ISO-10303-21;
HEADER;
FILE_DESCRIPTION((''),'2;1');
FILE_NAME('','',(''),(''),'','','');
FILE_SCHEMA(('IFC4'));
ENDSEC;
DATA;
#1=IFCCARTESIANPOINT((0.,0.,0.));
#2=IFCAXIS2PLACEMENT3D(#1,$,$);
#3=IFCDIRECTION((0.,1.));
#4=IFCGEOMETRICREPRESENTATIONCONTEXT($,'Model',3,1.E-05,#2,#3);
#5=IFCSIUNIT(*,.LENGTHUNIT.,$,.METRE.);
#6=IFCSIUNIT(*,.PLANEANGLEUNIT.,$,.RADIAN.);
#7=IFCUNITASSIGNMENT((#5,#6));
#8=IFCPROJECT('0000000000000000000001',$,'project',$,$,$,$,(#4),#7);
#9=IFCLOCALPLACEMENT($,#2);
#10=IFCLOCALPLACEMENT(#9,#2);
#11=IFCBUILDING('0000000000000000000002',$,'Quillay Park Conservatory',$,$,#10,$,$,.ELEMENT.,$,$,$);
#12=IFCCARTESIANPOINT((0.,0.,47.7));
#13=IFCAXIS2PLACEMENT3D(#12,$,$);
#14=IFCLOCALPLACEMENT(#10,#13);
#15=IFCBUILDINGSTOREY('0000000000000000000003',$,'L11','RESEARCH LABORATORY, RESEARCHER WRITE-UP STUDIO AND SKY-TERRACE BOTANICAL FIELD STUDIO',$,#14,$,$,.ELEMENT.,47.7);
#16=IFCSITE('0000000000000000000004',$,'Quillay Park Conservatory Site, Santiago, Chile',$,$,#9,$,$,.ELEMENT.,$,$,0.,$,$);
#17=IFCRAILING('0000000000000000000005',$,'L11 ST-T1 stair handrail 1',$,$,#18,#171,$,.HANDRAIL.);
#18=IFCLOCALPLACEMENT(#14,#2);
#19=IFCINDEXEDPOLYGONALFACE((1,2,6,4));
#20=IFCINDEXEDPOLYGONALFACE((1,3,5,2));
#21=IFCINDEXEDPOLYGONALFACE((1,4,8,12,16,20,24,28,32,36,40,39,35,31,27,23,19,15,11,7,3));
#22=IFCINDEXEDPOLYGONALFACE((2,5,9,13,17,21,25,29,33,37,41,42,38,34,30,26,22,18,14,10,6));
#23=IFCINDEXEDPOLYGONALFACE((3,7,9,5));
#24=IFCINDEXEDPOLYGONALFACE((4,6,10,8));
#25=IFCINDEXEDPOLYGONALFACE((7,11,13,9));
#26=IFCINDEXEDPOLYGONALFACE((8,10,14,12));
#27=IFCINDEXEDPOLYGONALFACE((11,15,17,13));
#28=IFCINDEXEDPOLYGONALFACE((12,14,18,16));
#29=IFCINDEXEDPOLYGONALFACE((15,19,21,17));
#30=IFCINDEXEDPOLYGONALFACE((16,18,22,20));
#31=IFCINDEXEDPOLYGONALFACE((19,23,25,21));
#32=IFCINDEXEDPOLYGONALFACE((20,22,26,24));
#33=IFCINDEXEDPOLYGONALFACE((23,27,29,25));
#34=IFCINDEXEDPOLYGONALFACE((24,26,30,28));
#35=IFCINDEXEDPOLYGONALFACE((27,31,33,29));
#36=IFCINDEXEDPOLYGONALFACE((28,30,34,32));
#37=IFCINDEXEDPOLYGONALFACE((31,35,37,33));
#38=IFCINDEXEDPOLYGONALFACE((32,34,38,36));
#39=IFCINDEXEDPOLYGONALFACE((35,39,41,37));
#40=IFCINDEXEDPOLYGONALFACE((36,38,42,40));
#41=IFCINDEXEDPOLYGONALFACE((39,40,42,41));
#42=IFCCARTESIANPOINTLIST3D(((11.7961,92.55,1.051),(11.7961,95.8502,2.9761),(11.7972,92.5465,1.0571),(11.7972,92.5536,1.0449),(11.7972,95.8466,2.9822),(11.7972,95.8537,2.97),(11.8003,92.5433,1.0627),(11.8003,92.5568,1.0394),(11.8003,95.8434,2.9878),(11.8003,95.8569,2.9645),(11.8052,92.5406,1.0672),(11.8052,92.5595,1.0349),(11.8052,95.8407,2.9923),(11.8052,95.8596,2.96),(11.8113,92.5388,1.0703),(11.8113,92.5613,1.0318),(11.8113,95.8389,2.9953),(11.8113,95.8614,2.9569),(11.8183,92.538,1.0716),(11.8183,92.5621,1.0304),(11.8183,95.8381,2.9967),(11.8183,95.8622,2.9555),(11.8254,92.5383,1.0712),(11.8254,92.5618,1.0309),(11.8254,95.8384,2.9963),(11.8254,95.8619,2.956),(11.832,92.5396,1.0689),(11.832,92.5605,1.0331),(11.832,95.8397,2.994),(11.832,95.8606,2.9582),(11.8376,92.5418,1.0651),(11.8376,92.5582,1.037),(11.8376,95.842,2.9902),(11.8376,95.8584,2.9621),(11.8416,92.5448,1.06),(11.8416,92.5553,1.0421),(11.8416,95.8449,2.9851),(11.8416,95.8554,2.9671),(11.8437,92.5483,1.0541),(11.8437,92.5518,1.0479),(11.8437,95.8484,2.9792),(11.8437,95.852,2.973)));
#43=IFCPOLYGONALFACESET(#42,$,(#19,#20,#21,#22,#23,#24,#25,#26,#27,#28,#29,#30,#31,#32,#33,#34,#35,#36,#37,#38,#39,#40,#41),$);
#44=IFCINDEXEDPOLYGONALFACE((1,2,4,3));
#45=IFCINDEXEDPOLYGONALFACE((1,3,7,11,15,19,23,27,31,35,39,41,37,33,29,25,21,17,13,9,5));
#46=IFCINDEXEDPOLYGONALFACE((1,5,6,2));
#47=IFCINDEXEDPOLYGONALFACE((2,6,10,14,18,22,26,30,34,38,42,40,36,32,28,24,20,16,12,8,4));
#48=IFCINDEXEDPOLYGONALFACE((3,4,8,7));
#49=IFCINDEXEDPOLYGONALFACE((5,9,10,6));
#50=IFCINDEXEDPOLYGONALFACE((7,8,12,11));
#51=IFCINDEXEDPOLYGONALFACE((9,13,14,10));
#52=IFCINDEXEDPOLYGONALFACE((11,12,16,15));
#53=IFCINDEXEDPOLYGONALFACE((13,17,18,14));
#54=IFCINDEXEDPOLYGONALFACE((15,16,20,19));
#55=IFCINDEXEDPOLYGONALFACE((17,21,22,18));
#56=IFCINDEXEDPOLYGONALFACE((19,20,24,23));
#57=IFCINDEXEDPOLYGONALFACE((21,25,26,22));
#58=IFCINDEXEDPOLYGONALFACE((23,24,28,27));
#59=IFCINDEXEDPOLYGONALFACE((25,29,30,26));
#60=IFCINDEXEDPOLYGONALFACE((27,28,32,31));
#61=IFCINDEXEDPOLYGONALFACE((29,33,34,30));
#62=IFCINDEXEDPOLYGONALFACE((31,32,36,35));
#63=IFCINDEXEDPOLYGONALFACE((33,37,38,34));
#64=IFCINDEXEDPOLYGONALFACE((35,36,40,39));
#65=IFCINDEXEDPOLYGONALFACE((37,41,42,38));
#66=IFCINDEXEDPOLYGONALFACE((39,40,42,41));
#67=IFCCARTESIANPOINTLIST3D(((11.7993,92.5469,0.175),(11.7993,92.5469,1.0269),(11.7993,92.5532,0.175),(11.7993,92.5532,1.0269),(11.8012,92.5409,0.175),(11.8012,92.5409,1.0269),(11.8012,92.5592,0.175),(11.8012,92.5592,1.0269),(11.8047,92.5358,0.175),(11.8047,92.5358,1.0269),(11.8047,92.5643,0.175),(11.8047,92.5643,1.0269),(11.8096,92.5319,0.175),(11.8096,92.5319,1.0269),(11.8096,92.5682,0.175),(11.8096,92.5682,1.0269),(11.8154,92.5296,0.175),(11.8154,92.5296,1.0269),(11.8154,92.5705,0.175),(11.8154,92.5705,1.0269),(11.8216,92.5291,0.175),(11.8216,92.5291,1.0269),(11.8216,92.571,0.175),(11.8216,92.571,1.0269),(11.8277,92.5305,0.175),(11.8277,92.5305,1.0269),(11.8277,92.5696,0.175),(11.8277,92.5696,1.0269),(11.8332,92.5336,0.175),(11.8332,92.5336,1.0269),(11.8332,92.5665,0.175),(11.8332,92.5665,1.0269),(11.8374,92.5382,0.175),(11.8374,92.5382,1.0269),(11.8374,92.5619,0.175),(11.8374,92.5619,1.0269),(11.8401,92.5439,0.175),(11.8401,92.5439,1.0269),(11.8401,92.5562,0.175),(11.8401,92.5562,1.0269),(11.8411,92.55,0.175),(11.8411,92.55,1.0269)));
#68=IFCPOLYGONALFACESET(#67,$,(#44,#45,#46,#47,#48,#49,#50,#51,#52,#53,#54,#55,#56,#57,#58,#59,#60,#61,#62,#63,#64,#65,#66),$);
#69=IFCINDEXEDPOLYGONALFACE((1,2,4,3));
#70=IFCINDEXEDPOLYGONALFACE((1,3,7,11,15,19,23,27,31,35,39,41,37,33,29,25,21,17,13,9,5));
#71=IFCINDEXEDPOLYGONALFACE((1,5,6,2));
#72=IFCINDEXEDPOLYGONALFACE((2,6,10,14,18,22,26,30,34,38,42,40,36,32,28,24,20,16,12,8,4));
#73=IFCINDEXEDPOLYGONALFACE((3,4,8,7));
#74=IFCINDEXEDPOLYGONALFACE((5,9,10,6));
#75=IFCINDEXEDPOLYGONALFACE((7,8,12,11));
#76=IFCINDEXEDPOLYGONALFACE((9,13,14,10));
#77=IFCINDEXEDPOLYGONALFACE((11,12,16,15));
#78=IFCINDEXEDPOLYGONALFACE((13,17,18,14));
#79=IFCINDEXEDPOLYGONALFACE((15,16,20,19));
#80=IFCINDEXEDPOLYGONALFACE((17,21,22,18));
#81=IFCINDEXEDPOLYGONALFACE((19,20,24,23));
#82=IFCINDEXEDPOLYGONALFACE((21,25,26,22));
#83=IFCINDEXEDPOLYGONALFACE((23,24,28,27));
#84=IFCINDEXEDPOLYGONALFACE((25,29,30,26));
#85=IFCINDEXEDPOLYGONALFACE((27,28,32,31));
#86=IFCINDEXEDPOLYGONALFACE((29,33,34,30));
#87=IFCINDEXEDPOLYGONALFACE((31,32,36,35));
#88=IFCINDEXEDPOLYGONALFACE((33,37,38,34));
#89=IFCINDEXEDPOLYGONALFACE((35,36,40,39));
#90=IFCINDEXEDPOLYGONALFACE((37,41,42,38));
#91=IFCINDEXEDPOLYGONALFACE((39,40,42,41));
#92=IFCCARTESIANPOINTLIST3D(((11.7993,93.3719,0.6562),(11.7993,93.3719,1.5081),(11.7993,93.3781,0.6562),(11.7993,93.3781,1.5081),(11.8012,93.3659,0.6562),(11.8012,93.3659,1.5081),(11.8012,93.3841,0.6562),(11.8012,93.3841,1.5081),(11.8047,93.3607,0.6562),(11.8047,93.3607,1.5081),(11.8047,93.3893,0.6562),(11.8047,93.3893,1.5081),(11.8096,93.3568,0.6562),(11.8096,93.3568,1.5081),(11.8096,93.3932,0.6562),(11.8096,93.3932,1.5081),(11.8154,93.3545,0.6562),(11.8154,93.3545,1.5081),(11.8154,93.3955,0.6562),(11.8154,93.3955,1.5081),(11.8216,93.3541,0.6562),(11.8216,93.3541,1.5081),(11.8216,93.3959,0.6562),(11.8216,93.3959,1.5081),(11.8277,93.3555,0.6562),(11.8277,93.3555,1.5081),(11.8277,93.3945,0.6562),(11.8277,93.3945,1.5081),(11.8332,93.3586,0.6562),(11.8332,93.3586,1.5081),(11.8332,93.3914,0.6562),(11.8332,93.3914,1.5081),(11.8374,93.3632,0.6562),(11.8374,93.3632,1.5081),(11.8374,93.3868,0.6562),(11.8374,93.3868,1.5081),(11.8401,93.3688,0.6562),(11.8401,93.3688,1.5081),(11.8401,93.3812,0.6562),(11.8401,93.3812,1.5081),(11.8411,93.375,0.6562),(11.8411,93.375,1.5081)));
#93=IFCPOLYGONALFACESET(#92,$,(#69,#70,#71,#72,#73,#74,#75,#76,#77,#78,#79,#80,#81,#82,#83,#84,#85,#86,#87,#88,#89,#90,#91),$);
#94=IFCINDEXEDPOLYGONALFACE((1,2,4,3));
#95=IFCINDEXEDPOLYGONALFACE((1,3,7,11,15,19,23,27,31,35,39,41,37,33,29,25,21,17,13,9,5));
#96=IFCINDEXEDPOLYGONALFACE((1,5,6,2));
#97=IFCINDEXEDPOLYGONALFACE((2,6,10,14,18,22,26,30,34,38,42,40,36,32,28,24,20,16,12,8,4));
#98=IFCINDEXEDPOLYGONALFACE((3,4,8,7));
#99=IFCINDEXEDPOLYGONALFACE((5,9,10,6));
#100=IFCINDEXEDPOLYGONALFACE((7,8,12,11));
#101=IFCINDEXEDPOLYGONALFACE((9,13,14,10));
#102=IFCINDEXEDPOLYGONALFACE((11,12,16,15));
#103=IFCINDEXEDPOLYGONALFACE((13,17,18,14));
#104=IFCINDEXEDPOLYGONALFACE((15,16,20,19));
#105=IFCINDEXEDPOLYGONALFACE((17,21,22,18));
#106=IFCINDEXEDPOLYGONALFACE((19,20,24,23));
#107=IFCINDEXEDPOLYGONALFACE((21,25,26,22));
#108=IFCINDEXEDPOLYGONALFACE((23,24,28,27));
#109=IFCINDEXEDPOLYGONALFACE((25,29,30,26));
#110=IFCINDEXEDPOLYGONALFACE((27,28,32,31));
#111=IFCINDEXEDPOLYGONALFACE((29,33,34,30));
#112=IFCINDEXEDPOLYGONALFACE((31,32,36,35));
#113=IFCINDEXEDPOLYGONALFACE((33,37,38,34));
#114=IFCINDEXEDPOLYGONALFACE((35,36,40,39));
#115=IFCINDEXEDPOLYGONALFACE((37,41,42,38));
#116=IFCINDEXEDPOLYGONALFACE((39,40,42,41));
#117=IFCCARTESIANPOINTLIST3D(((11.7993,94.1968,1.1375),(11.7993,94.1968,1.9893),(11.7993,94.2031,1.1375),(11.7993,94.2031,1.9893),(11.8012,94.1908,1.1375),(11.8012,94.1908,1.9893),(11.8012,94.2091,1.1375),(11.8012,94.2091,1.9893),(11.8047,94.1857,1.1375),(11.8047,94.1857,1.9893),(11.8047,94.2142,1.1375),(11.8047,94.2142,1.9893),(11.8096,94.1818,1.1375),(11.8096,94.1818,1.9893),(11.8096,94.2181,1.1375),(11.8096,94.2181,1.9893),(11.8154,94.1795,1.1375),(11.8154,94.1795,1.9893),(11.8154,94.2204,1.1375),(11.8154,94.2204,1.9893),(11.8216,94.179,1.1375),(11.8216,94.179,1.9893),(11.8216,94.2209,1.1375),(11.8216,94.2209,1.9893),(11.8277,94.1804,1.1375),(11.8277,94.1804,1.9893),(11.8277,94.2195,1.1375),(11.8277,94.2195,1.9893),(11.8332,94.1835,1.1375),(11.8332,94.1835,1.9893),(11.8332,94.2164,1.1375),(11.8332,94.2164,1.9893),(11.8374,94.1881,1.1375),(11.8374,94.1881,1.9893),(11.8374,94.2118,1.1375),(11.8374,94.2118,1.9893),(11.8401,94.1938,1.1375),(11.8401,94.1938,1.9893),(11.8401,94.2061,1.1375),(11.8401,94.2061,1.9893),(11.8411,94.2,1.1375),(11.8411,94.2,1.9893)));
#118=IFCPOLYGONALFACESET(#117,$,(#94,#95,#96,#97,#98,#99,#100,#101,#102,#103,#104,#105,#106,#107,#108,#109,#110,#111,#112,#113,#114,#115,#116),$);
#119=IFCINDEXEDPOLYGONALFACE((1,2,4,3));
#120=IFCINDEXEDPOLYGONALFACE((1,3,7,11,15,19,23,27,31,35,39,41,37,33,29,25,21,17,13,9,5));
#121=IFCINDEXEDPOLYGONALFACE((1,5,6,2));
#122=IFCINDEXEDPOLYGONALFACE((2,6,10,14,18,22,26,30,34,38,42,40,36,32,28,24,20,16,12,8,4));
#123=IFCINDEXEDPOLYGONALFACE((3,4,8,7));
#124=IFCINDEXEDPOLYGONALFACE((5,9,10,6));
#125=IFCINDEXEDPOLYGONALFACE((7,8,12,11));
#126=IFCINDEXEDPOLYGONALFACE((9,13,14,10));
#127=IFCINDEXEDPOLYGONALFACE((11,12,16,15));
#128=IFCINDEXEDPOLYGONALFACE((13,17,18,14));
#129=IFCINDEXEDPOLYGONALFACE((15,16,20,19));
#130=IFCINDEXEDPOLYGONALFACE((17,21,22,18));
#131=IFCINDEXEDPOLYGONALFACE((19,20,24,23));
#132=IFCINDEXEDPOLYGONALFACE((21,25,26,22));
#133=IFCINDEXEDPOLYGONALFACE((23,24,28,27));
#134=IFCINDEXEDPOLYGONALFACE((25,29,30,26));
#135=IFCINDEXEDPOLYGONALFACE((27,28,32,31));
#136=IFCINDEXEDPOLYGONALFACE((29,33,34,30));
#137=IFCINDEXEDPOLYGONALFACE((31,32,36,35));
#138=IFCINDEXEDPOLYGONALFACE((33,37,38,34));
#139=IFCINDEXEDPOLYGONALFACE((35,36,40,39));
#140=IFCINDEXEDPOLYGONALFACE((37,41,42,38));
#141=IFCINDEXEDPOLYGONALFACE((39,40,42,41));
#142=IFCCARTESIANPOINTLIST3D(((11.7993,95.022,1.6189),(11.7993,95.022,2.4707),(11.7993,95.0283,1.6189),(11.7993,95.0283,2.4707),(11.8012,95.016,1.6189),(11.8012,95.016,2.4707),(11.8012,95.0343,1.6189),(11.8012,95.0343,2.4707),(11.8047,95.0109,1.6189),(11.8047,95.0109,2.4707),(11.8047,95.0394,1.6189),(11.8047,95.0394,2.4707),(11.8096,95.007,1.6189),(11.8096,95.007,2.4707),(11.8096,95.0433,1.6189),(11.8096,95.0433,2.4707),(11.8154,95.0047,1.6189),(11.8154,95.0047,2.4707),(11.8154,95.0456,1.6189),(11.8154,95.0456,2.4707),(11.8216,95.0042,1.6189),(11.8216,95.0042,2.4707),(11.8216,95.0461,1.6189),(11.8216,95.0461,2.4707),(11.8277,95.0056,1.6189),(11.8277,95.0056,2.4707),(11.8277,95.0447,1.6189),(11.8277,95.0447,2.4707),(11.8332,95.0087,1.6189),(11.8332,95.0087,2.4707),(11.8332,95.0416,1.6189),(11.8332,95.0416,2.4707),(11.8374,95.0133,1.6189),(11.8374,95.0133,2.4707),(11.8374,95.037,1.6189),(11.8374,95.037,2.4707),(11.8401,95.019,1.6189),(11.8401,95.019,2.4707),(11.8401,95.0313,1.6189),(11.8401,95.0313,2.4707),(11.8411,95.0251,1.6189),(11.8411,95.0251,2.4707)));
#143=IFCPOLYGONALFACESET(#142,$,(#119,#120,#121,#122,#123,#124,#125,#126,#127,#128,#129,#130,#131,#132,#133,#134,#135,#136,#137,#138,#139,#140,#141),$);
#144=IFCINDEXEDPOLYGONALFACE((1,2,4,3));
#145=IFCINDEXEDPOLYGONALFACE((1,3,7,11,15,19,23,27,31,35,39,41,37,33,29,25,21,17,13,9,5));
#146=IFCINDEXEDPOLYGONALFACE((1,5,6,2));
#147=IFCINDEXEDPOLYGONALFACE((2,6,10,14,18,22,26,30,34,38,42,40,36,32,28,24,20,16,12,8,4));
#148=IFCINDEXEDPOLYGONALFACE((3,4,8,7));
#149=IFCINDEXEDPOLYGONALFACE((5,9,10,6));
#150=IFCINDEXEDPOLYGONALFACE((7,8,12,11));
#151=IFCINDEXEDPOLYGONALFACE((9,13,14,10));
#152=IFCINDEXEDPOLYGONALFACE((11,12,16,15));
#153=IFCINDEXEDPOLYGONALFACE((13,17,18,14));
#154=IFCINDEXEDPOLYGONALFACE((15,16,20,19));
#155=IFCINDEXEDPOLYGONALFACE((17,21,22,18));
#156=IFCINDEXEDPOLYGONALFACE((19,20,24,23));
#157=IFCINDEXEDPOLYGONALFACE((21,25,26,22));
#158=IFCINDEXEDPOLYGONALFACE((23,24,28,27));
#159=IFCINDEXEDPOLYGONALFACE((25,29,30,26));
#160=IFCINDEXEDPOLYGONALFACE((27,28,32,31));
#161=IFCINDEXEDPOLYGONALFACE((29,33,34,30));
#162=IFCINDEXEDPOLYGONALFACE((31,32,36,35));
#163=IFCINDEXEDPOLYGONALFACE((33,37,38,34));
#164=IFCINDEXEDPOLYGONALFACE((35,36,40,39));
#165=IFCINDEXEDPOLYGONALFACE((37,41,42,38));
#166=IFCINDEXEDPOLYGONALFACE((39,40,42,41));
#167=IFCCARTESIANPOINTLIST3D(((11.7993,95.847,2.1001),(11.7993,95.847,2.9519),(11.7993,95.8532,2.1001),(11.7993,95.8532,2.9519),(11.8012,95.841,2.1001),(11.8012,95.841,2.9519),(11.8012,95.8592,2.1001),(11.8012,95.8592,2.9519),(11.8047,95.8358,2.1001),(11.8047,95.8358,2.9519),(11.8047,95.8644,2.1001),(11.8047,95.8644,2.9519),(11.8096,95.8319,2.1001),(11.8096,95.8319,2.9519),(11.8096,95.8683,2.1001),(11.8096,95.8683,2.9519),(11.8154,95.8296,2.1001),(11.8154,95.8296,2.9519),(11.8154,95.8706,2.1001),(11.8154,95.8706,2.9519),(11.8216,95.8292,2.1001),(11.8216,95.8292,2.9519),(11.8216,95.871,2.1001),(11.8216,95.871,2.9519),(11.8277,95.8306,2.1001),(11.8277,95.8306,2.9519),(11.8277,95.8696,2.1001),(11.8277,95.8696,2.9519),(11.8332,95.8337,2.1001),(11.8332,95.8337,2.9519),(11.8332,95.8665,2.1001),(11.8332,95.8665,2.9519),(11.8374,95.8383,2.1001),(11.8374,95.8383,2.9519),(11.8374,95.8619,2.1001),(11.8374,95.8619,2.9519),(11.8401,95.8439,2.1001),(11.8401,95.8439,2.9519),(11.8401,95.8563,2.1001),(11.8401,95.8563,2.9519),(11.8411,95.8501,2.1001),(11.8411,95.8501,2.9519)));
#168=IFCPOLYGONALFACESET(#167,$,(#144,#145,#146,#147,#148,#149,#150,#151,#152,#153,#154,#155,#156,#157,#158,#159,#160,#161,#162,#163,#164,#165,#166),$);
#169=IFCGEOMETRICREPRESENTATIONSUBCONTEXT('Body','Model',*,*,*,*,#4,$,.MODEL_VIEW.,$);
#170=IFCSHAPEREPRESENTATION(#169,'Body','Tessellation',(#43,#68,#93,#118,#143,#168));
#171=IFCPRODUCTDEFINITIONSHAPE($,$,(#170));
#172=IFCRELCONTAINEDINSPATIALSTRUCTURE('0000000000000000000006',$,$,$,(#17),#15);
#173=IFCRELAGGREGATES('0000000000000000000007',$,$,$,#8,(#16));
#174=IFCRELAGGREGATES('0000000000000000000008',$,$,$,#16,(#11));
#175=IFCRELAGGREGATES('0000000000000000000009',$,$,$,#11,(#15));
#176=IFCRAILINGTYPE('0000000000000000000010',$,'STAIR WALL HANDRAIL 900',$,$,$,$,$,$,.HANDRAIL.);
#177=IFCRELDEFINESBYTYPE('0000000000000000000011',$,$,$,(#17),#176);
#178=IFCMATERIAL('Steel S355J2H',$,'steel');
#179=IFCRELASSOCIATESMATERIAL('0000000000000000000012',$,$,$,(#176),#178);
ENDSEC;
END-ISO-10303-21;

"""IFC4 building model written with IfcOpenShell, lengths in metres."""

from ifc_helpers import new_model, si_unit, direction, frame, origin, origin_2d, place, context, subcontext, project, spatial, circle, extrude, material, type_object, element, save


model = new_model("IFC4")

# Units and contexts
model_context = context("Model", 3, precision=1e-05, world=origin(), true_north=direction((0.0, 1.0)))
body_context = subcontext(model_context, "Body", "Model", "MODEL_VIEW")
ifc_project = project(units=[si_unit("LENGTHUNIT", "METRE"), si_unit("PLANEANGLEUNIT", "RADIAN")], contexts=[model_context])

# Site, building, storey
site_placement = place(None, origin())
site = spatial("IfcSite", under=ifc_project, at=site_placement, Name="Quillay Park Conservatory Site, Santiago, Chile", CompositionType="ELEMENT", RefElevation=0.0)
building_placement = place(site_placement, origin())
building = spatial("IfcBuilding", under=site, at=building_placement, Name="Quillay Park Conservatory", CompositionType="ELEMENT")
storey_placement = place(building_placement, frame((0.0, 0.0, 47.7)))
storey = spatial("IfcBuildingStorey", under=building, at=storey_placement, Name="L11", Description="RESEARCH LABORATORY, RESEARCHER WRITE-UP STUDIO AND SKY-TERRACE BOTANICAL FIELD STUDIO", CompositionType="ELEMENT", Elevation=47.7)

# Railing
ifc_material_1 = material(Name="Steel S355J2H", Category="steel")
railing_type_1 = type_object("IfcRailingType", Name="STAIR WALL HANDRAIL 900", PredefinedType="HANDRAIL", material=ifc_material_1)
railing_1_placement = place(storey_placement, frame((11.8201, 92.55, 0.175)))
element("IfcRailing", 1, at=railing_1_placement, inside=storey, type_object=railing_type_1, Name="L11 ST-T1 stair handrail 1", PredefinedType="HANDRAIL", context=body_context, shape_type="SweptSolid", body=[
    extrude(circle(Radius=0.0239, at=origin_2d()), frame((0.0, 0.0, 0.876), z_axis=(0.0, 0.863777, 0.503875), x_axis=(-1.0, 0.0, 0.0)), (0.0, 0.0, 1.0), 3.8206),
    extrude(circle(Radius=0.021, at=origin_2d()), origin(), (0.0, 0.0, 1.0), 0.8518),
    extrude(circle(Radius=0.021, at=origin_2d()), frame((0.0, 0.825, 0.4812)), (0.0, 0.0, 1.0), 0.8518),
    extrude(circle(Radius=0.021, at=origin_2d()), frame((0.0, 1.6499, 0.9624)), (0.0, 0.0, 1.0), 0.8518),
    extrude(circle(Radius=0.021, at=origin_2d()), frame((0.0, 2.4751, 1.4438)), (0.0, 0.0, 1.0), 0.8518),
    extrude(circle(Radius=0.021, at=origin_2d()), frame((0.0, 3.3, 1.925)), (0.0, 0.0, 1.0), 0.8518),
])

save(model, "model.ifc")
